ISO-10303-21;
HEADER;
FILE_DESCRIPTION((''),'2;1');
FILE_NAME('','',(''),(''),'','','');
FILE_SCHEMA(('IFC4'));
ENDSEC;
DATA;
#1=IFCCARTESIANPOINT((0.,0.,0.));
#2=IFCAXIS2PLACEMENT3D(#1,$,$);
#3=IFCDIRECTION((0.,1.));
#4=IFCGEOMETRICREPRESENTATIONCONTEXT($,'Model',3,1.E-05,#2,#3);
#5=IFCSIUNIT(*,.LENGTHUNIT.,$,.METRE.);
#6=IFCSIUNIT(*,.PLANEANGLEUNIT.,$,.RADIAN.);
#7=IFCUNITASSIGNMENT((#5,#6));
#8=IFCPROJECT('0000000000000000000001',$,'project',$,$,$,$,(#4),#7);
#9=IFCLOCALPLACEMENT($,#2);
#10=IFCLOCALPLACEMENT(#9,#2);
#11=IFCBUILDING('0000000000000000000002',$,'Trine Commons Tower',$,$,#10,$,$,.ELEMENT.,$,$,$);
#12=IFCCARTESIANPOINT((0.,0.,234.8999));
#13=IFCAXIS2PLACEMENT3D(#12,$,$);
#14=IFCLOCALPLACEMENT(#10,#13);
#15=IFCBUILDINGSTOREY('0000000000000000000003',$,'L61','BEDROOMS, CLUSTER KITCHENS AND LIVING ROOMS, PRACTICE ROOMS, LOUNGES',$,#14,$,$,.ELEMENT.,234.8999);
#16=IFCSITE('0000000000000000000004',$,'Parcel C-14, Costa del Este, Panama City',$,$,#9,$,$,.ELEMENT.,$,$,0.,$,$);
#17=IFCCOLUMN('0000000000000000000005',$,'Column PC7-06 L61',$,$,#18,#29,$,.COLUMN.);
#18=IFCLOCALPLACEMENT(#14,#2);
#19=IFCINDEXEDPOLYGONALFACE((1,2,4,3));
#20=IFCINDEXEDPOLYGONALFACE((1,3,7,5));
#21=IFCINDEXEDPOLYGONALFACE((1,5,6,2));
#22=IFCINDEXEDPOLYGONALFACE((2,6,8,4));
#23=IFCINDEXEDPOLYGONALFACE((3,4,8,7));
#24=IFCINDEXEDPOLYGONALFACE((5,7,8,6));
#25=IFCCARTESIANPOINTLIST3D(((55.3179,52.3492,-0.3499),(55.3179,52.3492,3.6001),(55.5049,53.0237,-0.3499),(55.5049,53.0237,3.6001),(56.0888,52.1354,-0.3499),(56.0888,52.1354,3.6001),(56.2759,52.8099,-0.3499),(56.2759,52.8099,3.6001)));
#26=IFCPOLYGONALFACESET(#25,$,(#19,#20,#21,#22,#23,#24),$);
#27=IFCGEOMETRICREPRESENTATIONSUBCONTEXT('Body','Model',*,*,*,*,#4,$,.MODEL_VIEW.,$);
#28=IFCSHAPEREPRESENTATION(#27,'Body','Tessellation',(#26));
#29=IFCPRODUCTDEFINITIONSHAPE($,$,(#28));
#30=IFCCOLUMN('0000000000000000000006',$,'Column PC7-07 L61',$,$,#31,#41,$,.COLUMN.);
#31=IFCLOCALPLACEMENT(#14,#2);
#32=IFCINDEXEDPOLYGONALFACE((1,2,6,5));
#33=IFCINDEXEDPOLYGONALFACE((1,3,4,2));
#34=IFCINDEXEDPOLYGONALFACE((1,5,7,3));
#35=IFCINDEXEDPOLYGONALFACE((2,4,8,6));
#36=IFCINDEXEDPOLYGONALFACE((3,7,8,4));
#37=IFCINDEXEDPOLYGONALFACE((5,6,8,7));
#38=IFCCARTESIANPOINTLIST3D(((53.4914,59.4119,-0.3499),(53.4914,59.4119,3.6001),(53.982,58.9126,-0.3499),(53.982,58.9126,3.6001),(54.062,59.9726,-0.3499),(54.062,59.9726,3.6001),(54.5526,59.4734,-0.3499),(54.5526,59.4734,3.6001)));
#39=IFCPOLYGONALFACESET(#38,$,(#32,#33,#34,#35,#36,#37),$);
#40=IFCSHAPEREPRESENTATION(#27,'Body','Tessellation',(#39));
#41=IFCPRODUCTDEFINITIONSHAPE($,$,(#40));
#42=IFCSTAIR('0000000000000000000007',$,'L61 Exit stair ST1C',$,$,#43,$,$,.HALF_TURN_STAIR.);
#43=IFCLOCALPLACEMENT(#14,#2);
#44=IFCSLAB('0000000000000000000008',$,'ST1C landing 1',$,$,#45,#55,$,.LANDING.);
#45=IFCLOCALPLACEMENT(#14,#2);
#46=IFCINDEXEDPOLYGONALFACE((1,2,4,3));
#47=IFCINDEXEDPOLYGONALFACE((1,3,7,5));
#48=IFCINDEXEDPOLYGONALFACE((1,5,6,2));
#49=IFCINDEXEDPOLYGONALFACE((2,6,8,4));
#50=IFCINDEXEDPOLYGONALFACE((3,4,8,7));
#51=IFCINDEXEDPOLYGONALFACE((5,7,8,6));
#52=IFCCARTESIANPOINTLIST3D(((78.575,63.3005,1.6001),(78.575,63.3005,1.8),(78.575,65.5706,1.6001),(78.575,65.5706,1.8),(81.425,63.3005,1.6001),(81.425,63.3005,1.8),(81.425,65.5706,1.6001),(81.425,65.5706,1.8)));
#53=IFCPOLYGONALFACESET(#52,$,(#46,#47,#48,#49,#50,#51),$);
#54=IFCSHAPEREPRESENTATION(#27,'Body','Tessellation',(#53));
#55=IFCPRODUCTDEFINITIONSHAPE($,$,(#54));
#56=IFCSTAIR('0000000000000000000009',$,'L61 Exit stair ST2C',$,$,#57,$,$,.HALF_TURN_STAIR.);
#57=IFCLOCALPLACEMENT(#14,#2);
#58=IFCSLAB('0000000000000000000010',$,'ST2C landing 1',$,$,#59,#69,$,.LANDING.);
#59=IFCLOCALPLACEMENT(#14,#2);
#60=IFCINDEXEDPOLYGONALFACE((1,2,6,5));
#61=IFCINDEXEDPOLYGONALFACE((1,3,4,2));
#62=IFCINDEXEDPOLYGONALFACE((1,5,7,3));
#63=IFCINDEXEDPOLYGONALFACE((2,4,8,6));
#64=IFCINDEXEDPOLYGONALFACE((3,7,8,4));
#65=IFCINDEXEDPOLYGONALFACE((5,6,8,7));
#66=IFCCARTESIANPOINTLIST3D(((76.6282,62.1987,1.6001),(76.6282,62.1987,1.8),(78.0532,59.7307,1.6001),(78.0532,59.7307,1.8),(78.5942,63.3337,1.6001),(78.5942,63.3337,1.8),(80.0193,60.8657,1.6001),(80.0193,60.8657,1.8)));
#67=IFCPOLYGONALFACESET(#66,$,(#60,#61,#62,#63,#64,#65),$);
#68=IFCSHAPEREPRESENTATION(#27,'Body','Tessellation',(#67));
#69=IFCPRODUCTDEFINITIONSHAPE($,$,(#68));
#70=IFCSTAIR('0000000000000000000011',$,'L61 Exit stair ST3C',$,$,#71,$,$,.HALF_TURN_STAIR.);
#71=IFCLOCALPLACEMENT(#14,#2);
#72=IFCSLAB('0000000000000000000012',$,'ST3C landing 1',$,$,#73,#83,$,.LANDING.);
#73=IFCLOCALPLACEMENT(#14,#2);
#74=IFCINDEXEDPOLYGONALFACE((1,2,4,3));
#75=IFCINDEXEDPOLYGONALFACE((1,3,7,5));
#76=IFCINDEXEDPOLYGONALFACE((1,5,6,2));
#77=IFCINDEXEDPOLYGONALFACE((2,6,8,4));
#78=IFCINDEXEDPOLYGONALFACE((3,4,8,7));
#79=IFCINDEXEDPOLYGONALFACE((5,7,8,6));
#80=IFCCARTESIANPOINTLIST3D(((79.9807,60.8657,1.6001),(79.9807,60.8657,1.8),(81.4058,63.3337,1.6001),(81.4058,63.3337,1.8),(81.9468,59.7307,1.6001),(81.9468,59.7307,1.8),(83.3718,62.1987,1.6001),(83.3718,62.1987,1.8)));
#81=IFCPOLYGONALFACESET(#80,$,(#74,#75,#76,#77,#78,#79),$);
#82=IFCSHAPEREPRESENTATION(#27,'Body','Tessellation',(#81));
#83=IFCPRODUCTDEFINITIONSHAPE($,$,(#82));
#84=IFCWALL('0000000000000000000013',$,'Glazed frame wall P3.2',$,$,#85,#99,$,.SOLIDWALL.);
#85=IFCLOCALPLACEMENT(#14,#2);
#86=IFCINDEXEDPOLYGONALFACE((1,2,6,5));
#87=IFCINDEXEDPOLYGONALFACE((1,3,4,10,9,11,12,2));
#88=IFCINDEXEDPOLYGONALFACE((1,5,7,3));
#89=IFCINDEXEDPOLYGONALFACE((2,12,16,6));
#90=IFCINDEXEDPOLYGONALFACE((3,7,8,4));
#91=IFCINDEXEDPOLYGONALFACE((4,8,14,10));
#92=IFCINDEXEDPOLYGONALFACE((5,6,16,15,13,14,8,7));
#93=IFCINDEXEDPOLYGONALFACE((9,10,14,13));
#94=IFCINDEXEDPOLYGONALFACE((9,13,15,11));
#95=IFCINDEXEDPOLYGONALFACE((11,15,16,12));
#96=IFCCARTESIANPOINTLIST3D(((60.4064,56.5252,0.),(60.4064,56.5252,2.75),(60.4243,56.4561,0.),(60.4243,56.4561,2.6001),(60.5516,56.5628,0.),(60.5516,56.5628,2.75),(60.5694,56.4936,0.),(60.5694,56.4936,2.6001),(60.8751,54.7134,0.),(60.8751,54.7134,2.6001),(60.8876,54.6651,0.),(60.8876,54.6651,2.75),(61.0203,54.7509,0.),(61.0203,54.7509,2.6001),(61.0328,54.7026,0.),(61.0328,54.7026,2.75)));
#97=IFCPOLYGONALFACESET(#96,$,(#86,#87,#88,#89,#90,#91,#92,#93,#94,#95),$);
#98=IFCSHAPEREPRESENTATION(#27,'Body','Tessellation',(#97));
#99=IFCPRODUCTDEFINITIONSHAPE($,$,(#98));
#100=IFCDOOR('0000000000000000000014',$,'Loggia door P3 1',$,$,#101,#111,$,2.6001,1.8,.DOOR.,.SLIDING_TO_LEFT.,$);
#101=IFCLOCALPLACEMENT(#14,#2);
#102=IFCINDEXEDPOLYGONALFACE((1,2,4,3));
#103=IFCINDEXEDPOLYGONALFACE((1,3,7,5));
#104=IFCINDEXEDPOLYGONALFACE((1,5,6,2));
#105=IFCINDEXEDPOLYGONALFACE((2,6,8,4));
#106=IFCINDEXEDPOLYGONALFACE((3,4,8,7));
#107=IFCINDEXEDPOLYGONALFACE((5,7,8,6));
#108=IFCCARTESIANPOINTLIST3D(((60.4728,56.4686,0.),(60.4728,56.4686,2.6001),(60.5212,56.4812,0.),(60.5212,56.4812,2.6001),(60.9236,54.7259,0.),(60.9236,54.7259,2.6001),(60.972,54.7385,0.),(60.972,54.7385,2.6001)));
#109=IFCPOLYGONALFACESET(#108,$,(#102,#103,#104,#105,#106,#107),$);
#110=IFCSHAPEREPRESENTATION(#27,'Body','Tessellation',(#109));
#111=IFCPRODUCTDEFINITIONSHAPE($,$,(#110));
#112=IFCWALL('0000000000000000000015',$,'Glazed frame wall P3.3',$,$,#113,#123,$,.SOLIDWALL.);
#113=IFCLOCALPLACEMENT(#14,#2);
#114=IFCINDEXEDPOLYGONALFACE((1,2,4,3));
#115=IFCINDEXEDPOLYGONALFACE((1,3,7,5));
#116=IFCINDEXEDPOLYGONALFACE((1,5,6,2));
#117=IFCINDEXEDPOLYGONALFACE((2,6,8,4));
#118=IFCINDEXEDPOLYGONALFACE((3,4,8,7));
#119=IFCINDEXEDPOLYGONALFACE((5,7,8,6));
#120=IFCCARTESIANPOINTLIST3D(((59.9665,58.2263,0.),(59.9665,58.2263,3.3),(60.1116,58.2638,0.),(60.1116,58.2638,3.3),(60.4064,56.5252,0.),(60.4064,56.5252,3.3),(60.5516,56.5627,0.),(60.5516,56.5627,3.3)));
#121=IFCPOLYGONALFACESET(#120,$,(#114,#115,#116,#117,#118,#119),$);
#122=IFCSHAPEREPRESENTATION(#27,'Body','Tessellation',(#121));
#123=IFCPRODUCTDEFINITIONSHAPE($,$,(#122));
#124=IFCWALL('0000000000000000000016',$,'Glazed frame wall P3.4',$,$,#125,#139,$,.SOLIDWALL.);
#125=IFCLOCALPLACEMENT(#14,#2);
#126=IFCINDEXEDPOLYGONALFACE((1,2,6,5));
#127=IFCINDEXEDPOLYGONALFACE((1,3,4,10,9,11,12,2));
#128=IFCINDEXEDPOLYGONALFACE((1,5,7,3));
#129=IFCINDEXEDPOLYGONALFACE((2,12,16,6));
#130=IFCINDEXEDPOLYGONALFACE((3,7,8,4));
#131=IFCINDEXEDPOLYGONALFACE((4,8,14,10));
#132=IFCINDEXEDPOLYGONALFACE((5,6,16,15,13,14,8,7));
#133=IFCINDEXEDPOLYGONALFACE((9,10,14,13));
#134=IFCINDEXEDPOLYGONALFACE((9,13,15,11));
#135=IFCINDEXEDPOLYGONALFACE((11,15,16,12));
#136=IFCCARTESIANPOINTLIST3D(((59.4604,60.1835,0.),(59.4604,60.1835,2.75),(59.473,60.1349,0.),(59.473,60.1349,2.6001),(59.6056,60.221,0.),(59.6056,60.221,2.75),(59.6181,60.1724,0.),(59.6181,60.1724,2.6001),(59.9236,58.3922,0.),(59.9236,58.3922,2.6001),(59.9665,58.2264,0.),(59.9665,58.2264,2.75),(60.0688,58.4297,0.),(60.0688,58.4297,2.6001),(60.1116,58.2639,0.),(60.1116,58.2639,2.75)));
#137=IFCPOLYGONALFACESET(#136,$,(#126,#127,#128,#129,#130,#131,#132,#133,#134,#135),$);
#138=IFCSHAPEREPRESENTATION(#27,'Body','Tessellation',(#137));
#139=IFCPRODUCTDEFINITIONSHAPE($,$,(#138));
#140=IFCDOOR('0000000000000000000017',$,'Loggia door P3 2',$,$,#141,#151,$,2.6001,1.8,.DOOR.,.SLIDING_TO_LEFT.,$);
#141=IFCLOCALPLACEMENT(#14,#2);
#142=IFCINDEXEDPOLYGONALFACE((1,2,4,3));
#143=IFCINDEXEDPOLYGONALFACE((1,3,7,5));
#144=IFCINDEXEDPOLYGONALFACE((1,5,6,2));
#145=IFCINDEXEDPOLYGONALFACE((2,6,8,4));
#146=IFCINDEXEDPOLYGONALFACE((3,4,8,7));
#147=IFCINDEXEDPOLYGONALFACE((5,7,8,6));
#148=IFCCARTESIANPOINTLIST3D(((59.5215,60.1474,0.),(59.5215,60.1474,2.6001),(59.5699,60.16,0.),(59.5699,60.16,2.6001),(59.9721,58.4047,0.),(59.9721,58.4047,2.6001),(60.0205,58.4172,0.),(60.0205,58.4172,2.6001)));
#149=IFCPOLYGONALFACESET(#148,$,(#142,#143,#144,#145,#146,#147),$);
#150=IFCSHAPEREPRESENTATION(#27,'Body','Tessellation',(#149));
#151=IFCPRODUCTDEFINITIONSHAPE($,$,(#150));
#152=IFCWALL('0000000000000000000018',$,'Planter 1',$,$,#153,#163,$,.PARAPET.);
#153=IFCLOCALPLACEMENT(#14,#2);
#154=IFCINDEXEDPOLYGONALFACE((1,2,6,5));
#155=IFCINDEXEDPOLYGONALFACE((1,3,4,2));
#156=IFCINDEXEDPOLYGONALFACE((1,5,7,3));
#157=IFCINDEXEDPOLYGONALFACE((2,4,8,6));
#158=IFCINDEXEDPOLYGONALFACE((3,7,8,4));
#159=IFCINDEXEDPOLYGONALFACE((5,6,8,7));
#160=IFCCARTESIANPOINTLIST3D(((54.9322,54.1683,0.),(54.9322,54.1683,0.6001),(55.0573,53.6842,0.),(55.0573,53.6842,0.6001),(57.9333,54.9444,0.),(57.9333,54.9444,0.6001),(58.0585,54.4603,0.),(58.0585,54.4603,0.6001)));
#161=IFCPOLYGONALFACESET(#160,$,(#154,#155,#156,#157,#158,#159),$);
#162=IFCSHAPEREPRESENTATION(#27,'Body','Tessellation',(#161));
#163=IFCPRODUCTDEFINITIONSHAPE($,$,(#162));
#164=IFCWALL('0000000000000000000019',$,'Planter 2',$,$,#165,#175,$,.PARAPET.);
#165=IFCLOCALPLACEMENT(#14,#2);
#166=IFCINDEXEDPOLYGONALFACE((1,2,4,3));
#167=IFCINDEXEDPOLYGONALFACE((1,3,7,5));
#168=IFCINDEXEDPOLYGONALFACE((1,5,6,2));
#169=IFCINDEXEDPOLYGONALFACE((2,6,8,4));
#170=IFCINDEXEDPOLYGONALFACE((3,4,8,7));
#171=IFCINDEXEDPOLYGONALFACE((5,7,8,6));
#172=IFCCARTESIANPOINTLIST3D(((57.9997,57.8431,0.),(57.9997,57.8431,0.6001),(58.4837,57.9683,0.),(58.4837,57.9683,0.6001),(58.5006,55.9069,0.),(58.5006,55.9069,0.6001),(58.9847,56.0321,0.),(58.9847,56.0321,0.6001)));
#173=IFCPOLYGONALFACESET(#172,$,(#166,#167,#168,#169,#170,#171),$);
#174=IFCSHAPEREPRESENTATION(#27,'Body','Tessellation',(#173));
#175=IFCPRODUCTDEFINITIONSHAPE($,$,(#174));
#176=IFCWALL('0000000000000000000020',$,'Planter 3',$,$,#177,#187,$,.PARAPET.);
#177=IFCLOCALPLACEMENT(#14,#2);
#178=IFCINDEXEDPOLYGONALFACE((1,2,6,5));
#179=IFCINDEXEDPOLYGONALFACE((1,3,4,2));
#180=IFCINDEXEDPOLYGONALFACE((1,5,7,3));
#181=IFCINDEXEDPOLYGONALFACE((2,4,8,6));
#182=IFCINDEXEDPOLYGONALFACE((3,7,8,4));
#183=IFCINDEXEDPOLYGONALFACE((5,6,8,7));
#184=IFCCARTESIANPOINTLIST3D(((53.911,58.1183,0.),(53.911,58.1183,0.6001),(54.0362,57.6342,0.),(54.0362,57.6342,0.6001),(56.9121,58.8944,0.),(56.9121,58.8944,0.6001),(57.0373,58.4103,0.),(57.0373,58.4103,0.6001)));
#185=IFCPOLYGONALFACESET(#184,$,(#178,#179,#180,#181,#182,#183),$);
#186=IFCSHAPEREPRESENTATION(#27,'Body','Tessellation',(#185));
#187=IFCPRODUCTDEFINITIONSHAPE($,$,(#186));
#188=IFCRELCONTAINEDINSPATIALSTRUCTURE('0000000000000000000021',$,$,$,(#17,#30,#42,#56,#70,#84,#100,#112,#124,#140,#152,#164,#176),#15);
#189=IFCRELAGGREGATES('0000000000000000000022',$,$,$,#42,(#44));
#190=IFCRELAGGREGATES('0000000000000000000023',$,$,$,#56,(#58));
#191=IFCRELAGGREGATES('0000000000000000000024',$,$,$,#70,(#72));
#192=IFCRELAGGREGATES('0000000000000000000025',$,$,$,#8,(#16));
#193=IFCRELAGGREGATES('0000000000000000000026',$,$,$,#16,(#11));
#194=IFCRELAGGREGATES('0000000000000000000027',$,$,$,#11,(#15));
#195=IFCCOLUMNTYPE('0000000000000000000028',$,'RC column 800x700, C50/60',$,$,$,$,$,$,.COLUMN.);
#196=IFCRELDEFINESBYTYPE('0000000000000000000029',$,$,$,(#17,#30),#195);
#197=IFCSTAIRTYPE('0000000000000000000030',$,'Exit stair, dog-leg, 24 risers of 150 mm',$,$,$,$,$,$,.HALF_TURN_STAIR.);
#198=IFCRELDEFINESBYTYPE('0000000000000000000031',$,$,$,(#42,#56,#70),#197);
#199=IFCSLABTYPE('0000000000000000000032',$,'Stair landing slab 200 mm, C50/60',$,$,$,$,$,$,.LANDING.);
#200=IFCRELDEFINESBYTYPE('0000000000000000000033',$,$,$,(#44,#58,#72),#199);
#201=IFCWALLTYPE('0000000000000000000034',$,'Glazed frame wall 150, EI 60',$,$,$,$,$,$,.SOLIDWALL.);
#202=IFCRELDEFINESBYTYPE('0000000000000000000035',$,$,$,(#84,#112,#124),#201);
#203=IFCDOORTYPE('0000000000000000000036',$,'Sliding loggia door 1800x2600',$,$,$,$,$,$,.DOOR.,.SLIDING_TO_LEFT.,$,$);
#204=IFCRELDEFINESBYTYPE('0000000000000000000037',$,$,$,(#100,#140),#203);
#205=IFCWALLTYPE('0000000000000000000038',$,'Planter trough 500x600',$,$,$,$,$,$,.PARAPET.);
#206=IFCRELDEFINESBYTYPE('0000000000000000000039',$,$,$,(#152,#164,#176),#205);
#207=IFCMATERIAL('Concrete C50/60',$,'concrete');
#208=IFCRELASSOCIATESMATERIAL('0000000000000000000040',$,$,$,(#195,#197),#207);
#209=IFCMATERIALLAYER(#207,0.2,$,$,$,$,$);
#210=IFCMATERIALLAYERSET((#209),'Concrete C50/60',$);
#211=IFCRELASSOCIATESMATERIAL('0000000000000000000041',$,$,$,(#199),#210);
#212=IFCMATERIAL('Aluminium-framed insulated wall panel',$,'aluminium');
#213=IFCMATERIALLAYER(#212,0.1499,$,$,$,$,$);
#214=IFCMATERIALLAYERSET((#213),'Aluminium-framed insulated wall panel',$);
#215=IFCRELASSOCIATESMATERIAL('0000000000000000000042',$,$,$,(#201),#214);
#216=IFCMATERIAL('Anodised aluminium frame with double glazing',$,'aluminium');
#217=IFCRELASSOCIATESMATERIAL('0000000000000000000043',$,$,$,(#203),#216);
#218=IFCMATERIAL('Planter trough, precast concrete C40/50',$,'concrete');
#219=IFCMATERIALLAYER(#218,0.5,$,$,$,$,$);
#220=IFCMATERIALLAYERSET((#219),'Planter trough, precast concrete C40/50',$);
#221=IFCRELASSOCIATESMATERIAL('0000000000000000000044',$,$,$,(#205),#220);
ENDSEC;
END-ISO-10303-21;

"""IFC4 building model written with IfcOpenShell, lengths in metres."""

from ifc_helpers import new_model, si_unit, direction, frame, frame_2d, origin, origin_2d, place, context, subcontext, project, spatial, polyline, rectangle, outline, extrude, material, layer, layer_set, material_profile, profile_set, type_object, element, fill, aggregate, save


model = new_model("IFC4")

# Units and contexts
model_context = context("Model", 3, precision=1e-05, world=origin(), true_north=direction((0.0, 1.0)))
body_context = subcontext(model_context, "Body", "Model", "MODEL_VIEW")
ifc_project = project(units=[si_unit("LENGTHUNIT", "METRE"), si_unit("PLANEANGLEUNIT", "RADIAN")], contexts=[model_context])

# Site, building, storey
site_placement = place(None, origin())
site = spatial("IfcSite", under=ifc_project, at=site_placement, Name="Parcel C-14, Costa del Este, Panama City", CompositionType="ELEMENT", RefElevation=0.0)
building_placement = place(site_placement, origin())
building = spatial("IfcBuilding", under=site, at=building_placement, Name="Trine Commons Tower", CompositionType="ELEMENT")
storey_placement = place(building_placement, frame((0.0, 0.0, 234.8999)))
storey = spatial("IfcBuildingStorey", under=building, at=storey_placement, Name="L61", Description="BEDROOMS, CLUSTER KITCHENS AND LIVING ROOMS, PRACTICE ROOMS, LOUNGES", CompositionType="ELEMENT", Elevation=234.8999)

# Columns
ifc_material_1 = material(Name="Concrete C50/60", Category="concrete")
ifc_material_profile = material_profile(ifc_material_1, rectangle(XDim=0.8, YDim=0.7, at=origin_2d()), Name="RC 800x700")
ifc_profile_set = profile_set([ifc_material_profile], Name="Concrete C50/60")
column_type = type_object("IfcColumnType", Name="RC column 800x700, C50/60", PredefinedType="COLUMN", material=ifc_profile_set)
for number, where, z_axis, x_axis, name in (
    (1, (55.7969, 52.5796, -0.3499), (0.0, 0.0, 1.0), (-0.96363, 0.267238, 0.0), "Column PC7-06 L61"),
    (2, (54.022, 59.4426, -0.3499), (0.0, 0.0, 1.0), (0.71325, 0.700909, 0.0), "Column PC7-07 L61"),
):
    element("IfcColumn", number, at=place(storey_placement, frame(where, z_axis=z_axis, x_axis=x_axis)), inside=storey, type_object=column_type, Name=name, PredefinedType="COLUMN", context=body_context, shape_type="SweptSolid", body=[
        extrude(rectangle(XDim=0.8, YDim=0.7, at=origin_2d()), origin(), (0.0, 0.0, 1.0), 3.95),
    ])

# Stairs, slabs
stair_type = type_object("IfcStairType", Name="Exit stair, dog-leg, 24 risers of 150 mm", PredefinedType="HALF_TURN_STAIR", material=ifc_material_1)
stair_1_placement = place(storey_placement, origin())
stair_1 = element("IfcStair", 3, at=stair_1_placement, inside=storey, type_object=stair_type, Name="L61 Exit stair ST1C", PredefinedType="HALF_TURN_STAIR")
ifc_layer_1 = layer(ifc_material_1, 0.2)
ifc_layer_set_1 = layer_set([ifc_layer_1], Name="Concrete C50/60")
slab_type = type_object("IfcSlabType", Name="Stair landing slab 200 mm, C50/60", PredefinedType="LANDING", material=ifc_layer_set_1)
slab_1_placement = place(storey_placement, frame((0.0, 0.0, 1.6001)))
slab_1 = element("IfcSlab", 4, at=slab_1_placement, type_object=slab_type, Name="ST1C landing 1", PredefinedType="LANDING", context=body_context, shape_type="SweptSolid", body=[
    extrude(outline(polyline([(78.575, 65.5706), (78.575, 63.3005), (81.425, 63.3005), (81.425, 65.5706), (78.575, 65.5706)])), origin(), (0.0, 0.0, 1.0), 0.2),
])
aggregate(stair_1, [slab_1])
stair_2_placement = place(storey_placement, origin())
stair_2 = element("IfcStair", 5, at=stair_2_placement, inside=storey, type_object=stair_type, Name="L61 Exit stair ST2C", PredefinedType="HALF_TURN_STAIR")
slab_2_placement = place(storey_placement, frame((0.0, 0.0, 1.6001)))
slab_2 = element("IfcSlab", 6, at=slab_2_placement, type_object=slab_type, Name="ST2C landing 1", PredefinedType="LANDING", context=body_context, shape_type="SweptSolid", body=[
    extrude(outline(polyline([(78.0532, 59.7307), (80.0193, 60.8657), (78.5942, 63.3337), (76.6282, 62.1987), (78.0532, 59.7307)])), origin(), (0.0, 0.0, 1.0), 0.2),
])
aggregate(stair_2, [slab_2])
stair_3_placement = place(storey_placement, origin())
stair_3 = element("IfcStair", 7, at=stair_3_placement, inside=storey, type_object=stair_type, Name="L61 Exit stair ST3C", PredefinedType="HALF_TURN_STAIR")
slab_3_placement = place(storey_placement, frame((0.0, 0.0, 1.6001)))
slab_3 = element("IfcSlab", 8, at=slab_3_placement, type_object=slab_type, Name="ST3C landing 1", PredefinedType="LANDING", context=body_context, shape_type="SweptSolid", body=[
    extrude(outline(polyline([(83.3718, 62.1987), (81.4058, 63.3337), (79.9807, 60.8657), (81.9468, 59.7307), (83.3718, 62.1987)])), origin(), (0.0, 0.0, 1.0), 0.2),
])
aggregate(stair_3, [slab_3])

# Shared definitions
ifc_material_2 = material(Name="Aluminium-framed insulated wall panel", Category="aluminium")
ifc_layer_2 = layer(ifc_material_2, 0.1499)
ifc_layer_set_2 = layer_set([ifc_layer_2], Name="Aluminium-framed insulated wall panel")
wall_type_1 = type_object("IfcWallType", Name="Glazed frame wall 150, EI 60", PredefinedType="SOLIDWALL", material=ifc_layer_set_2)

# Wall, opening, door
wall_1_placement = place(storey_placement, frame((60.9602, 54.6838, 0.0), z_axis=(0.0, 0.0, 1.0), x_axis=(-0.250451, 0.968129, 0.0)))
wall_1 = element("IfcWall", 9, at=wall_1_placement, inside=storey, type_object=wall_type_1, Name="Glazed frame wall P3.2", PredefinedType="SOLIDWALL", context=body_context, shape_type="SweptSolid", body=[
    extrude(outline(polyline([(0.0, -0.075), (1.9214, -0.075), (1.9214, 0.075), (0.0, 0.075), (0.0, -0.075)])), origin(), (0.0, 0.0, 1.0), 2.75),
])
opening_1_placement = place(wall_1_placement, frame((0.05, 0.0, 0.0)))
opening_1 = element("IfcOpeningElement", 10, at=opening_1_placement, cuts=wall_1, PredefinedType="OPENING", context=body_context, shape_type="SweptSolid", body=[
    extrude(rectangle(XDim=1.8, YDim=2.6001, at=frame_2d((0.8999, 1.3))), frame((0.0, 0.085, 0.0), z_axis=(0.0, -1.0, 0.0), x_axis=(1.0, 0.0, 0.0)), (0.0, 0.0, 1.0), 0.1699),
])
ifc_material_3 = material(Name="Anodised aluminium frame with double glazing", Category="aluminium")
door_type_1 = type_object("IfcDoorType", Name="Sliding loggia door 1800x2600", OperationType="SLIDING_TO_LEFT", PredefinedType="DOOR", material=ifc_material_3)
door_1_placement = place(opening_1_placement, origin())
door_1 = element("IfcDoor", 11, at=door_1_placement, inside=storey, type_object=door_type_1, Name="Loggia door P3 1", OperationType="SLIDING_TO_LEFT", OverallHeight=2.6001, OverallWidth=1.8, PredefinedType="DOOR", context=body_context, shape_type="SweptSolid", body=[
    extrude(rectangle(XDim=1.8, YDim=2.6001, at=frame_2d((0.8999, 1.3))), frame((0.0, 0.0249, 0.0), z_axis=(0.0, -1.0, 0.0), x_axis=(1.0, 0.0, 0.0)), (0.0, 0.0, 1.0), 0.05),
])
fill(opening_1, door_1)

# Wall
wall_2_placement = place(storey_placement, frame((60.479, 56.5439, 0.0), z_axis=(0.0, 0.0, 1.0), x_axis=(-0.250374, 0.968149, 0.0)))
element("IfcWall", 12, at=wall_2_placement, inside=storey, type_object=wall_type_1, Name="Glazed frame wall P3.3", PredefinedType="SOLIDWALL", context=body_context, shape_type="SweptSolid", body=[
    extrude(outline(polyline([(0.0, -0.075), (1.7571, -0.075), (1.7571, 0.075), (0.0, 0.075), (0.0, -0.075)])), origin(), (0.0, 0.0, 1.0), 3.3),
])

# Wall, opening, door
wall_3_placement = place(storey_placement, frame((60.0391, 58.2451, 0.0), z_axis=(0.0, 0.0, 1.0), x_axis=(-0.250342, 0.968158, 0.0)))
wall_3 = element("IfcWall", 13, at=wall_3_placement, inside=storey, type_object=wall_type_1, Name="Glazed frame wall P3.4", PredefinedType="SOLIDWALL", context=body_context, shape_type="SweptSolid", body=[
    extrude(outline(polyline([(0.0, -0.075), (2.0215, -0.075), (2.0215, 0.075), (0.0, 0.075), (0.0, -0.075)])), origin(), (0.0, 0.0, 1.0), 2.75),
])
opening_2_placement = place(wall_3_placement, frame((0.1714, 0.0, 0.0)))
opening_2 = element("IfcOpeningElement", 14, at=opening_2_placement, cuts=wall_3, PredefinedType="OPENING", context=body_context, shape_type="SweptSolid", body=[
    extrude(rectangle(XDim=1.8, YDim=2.6001, at=frame_2d((0.8999, 1.3))), frame((0.0, 0.085, 0.0), z_axis=(0.0, -1.0, 0.0), x_axis=(1.0, 0.0, 0.0)), (0.0, 0.0, 1.0), 0.1699),
])
door_2_placement = place(opening_2_placement, origin())
door_2 = element("IfcDoor", 15, at=door_2_placement, inside=storey, type_object=door_type_1, Name="Loggia door P3 2", OperationType="SLIDING_TO_LEFT", OverallHeight=2.6001, OverallWidth=1.8, PredefinedType="DOOR", context=body_context, shape_type="SweptSolid", body=[
    extrude(rectangle(XDim=1.8, YDim=2.6001, at=frame_2d((0.8999, 1.3))), frame((0.0, 0.0249, 0.0), z_axis=(0.0, -1.0, 0.0), x_axis=(1.0, 0.0, 0.0)), (0.0, 0.0, 1.0), 0.05),
])
fill(opening_2, door_2)

# Walls
ifc_material_4 = material(Name="Planter trough, precast concrete C40/50", Category="concrete")
ifc_layer_3 = layer(ifc_material_4, 0.5)
ifc_layer_set_3 = layer_set([ifc_layer_3], Name="Planter trough, precast concrete C40/50")
wall_type_2 = type_object("IfcWallType", Name="Planter trough 500x600", PredefinedType="PARAPET", material=ifc_layer_set_3)
wall_4_placement = place(storey_placement, frame((54.9949, 53.9263, 0.0), z_axis=(0.0, 0.0, 1.0), x_axis=(0.968151, 0.250366, 0.0)))
element("IfcWall", 16, at=wall_4_placement, inside=storey, type_object=wall_type_2, Name="Planter 1", PredefinedType="PARAPET", context=body_context, shape_type="SweptSolid", body=[
    extrude(rectangle(XDim=3.0999, YDim=0.5, at=frame_2d((1.5498, 0.0))), origin(), (0.0, 0.0, 1.0), 0.6001),
])
wall_5_placement = place(storey_placement, frame((58.7427, 55.9695, 0.0), z_axis=(0.0, 0.0, 1.0), x_axis=(-0.250483, 0.968121, 0.0)))
element("IfcWall", 17, at=wall_5_placement, inside=storey, type_object=wall_type_2, Name="Planter 2", PredefinedType="PARAPET", context=body_context, shape_type="SweptSolid", body=[
    extrude(rectangle(XDim=2.0, YDim=0.5, at=frame_2d((1.0, 0.0))), origin(), (0.0, 0.0, 1.0), 0.6001),
])
wall_6_placement = place(storey_placement, frame((56.9746, 58.6523, 0.0), z_axis=(0.0, 0.0, 1.0), x_axis=(-0.968151, -0.250366, 0.0)))
element("IfcWall", 18, at=wall_6_placement, inside=storey, type_object=wall_type_2, Name="Planter 3", PredefinedType="PARAPET", context=body_context, shape_type="SweptSolid", body=[
    extrude(rectangle(XDim=3.0999, YDim=0.5, at=frame_2d((1.5498, 0.0))), origin(), (0.0, 0.0, 1.0), 0.6001),
])

save(model, "model.ifc")
